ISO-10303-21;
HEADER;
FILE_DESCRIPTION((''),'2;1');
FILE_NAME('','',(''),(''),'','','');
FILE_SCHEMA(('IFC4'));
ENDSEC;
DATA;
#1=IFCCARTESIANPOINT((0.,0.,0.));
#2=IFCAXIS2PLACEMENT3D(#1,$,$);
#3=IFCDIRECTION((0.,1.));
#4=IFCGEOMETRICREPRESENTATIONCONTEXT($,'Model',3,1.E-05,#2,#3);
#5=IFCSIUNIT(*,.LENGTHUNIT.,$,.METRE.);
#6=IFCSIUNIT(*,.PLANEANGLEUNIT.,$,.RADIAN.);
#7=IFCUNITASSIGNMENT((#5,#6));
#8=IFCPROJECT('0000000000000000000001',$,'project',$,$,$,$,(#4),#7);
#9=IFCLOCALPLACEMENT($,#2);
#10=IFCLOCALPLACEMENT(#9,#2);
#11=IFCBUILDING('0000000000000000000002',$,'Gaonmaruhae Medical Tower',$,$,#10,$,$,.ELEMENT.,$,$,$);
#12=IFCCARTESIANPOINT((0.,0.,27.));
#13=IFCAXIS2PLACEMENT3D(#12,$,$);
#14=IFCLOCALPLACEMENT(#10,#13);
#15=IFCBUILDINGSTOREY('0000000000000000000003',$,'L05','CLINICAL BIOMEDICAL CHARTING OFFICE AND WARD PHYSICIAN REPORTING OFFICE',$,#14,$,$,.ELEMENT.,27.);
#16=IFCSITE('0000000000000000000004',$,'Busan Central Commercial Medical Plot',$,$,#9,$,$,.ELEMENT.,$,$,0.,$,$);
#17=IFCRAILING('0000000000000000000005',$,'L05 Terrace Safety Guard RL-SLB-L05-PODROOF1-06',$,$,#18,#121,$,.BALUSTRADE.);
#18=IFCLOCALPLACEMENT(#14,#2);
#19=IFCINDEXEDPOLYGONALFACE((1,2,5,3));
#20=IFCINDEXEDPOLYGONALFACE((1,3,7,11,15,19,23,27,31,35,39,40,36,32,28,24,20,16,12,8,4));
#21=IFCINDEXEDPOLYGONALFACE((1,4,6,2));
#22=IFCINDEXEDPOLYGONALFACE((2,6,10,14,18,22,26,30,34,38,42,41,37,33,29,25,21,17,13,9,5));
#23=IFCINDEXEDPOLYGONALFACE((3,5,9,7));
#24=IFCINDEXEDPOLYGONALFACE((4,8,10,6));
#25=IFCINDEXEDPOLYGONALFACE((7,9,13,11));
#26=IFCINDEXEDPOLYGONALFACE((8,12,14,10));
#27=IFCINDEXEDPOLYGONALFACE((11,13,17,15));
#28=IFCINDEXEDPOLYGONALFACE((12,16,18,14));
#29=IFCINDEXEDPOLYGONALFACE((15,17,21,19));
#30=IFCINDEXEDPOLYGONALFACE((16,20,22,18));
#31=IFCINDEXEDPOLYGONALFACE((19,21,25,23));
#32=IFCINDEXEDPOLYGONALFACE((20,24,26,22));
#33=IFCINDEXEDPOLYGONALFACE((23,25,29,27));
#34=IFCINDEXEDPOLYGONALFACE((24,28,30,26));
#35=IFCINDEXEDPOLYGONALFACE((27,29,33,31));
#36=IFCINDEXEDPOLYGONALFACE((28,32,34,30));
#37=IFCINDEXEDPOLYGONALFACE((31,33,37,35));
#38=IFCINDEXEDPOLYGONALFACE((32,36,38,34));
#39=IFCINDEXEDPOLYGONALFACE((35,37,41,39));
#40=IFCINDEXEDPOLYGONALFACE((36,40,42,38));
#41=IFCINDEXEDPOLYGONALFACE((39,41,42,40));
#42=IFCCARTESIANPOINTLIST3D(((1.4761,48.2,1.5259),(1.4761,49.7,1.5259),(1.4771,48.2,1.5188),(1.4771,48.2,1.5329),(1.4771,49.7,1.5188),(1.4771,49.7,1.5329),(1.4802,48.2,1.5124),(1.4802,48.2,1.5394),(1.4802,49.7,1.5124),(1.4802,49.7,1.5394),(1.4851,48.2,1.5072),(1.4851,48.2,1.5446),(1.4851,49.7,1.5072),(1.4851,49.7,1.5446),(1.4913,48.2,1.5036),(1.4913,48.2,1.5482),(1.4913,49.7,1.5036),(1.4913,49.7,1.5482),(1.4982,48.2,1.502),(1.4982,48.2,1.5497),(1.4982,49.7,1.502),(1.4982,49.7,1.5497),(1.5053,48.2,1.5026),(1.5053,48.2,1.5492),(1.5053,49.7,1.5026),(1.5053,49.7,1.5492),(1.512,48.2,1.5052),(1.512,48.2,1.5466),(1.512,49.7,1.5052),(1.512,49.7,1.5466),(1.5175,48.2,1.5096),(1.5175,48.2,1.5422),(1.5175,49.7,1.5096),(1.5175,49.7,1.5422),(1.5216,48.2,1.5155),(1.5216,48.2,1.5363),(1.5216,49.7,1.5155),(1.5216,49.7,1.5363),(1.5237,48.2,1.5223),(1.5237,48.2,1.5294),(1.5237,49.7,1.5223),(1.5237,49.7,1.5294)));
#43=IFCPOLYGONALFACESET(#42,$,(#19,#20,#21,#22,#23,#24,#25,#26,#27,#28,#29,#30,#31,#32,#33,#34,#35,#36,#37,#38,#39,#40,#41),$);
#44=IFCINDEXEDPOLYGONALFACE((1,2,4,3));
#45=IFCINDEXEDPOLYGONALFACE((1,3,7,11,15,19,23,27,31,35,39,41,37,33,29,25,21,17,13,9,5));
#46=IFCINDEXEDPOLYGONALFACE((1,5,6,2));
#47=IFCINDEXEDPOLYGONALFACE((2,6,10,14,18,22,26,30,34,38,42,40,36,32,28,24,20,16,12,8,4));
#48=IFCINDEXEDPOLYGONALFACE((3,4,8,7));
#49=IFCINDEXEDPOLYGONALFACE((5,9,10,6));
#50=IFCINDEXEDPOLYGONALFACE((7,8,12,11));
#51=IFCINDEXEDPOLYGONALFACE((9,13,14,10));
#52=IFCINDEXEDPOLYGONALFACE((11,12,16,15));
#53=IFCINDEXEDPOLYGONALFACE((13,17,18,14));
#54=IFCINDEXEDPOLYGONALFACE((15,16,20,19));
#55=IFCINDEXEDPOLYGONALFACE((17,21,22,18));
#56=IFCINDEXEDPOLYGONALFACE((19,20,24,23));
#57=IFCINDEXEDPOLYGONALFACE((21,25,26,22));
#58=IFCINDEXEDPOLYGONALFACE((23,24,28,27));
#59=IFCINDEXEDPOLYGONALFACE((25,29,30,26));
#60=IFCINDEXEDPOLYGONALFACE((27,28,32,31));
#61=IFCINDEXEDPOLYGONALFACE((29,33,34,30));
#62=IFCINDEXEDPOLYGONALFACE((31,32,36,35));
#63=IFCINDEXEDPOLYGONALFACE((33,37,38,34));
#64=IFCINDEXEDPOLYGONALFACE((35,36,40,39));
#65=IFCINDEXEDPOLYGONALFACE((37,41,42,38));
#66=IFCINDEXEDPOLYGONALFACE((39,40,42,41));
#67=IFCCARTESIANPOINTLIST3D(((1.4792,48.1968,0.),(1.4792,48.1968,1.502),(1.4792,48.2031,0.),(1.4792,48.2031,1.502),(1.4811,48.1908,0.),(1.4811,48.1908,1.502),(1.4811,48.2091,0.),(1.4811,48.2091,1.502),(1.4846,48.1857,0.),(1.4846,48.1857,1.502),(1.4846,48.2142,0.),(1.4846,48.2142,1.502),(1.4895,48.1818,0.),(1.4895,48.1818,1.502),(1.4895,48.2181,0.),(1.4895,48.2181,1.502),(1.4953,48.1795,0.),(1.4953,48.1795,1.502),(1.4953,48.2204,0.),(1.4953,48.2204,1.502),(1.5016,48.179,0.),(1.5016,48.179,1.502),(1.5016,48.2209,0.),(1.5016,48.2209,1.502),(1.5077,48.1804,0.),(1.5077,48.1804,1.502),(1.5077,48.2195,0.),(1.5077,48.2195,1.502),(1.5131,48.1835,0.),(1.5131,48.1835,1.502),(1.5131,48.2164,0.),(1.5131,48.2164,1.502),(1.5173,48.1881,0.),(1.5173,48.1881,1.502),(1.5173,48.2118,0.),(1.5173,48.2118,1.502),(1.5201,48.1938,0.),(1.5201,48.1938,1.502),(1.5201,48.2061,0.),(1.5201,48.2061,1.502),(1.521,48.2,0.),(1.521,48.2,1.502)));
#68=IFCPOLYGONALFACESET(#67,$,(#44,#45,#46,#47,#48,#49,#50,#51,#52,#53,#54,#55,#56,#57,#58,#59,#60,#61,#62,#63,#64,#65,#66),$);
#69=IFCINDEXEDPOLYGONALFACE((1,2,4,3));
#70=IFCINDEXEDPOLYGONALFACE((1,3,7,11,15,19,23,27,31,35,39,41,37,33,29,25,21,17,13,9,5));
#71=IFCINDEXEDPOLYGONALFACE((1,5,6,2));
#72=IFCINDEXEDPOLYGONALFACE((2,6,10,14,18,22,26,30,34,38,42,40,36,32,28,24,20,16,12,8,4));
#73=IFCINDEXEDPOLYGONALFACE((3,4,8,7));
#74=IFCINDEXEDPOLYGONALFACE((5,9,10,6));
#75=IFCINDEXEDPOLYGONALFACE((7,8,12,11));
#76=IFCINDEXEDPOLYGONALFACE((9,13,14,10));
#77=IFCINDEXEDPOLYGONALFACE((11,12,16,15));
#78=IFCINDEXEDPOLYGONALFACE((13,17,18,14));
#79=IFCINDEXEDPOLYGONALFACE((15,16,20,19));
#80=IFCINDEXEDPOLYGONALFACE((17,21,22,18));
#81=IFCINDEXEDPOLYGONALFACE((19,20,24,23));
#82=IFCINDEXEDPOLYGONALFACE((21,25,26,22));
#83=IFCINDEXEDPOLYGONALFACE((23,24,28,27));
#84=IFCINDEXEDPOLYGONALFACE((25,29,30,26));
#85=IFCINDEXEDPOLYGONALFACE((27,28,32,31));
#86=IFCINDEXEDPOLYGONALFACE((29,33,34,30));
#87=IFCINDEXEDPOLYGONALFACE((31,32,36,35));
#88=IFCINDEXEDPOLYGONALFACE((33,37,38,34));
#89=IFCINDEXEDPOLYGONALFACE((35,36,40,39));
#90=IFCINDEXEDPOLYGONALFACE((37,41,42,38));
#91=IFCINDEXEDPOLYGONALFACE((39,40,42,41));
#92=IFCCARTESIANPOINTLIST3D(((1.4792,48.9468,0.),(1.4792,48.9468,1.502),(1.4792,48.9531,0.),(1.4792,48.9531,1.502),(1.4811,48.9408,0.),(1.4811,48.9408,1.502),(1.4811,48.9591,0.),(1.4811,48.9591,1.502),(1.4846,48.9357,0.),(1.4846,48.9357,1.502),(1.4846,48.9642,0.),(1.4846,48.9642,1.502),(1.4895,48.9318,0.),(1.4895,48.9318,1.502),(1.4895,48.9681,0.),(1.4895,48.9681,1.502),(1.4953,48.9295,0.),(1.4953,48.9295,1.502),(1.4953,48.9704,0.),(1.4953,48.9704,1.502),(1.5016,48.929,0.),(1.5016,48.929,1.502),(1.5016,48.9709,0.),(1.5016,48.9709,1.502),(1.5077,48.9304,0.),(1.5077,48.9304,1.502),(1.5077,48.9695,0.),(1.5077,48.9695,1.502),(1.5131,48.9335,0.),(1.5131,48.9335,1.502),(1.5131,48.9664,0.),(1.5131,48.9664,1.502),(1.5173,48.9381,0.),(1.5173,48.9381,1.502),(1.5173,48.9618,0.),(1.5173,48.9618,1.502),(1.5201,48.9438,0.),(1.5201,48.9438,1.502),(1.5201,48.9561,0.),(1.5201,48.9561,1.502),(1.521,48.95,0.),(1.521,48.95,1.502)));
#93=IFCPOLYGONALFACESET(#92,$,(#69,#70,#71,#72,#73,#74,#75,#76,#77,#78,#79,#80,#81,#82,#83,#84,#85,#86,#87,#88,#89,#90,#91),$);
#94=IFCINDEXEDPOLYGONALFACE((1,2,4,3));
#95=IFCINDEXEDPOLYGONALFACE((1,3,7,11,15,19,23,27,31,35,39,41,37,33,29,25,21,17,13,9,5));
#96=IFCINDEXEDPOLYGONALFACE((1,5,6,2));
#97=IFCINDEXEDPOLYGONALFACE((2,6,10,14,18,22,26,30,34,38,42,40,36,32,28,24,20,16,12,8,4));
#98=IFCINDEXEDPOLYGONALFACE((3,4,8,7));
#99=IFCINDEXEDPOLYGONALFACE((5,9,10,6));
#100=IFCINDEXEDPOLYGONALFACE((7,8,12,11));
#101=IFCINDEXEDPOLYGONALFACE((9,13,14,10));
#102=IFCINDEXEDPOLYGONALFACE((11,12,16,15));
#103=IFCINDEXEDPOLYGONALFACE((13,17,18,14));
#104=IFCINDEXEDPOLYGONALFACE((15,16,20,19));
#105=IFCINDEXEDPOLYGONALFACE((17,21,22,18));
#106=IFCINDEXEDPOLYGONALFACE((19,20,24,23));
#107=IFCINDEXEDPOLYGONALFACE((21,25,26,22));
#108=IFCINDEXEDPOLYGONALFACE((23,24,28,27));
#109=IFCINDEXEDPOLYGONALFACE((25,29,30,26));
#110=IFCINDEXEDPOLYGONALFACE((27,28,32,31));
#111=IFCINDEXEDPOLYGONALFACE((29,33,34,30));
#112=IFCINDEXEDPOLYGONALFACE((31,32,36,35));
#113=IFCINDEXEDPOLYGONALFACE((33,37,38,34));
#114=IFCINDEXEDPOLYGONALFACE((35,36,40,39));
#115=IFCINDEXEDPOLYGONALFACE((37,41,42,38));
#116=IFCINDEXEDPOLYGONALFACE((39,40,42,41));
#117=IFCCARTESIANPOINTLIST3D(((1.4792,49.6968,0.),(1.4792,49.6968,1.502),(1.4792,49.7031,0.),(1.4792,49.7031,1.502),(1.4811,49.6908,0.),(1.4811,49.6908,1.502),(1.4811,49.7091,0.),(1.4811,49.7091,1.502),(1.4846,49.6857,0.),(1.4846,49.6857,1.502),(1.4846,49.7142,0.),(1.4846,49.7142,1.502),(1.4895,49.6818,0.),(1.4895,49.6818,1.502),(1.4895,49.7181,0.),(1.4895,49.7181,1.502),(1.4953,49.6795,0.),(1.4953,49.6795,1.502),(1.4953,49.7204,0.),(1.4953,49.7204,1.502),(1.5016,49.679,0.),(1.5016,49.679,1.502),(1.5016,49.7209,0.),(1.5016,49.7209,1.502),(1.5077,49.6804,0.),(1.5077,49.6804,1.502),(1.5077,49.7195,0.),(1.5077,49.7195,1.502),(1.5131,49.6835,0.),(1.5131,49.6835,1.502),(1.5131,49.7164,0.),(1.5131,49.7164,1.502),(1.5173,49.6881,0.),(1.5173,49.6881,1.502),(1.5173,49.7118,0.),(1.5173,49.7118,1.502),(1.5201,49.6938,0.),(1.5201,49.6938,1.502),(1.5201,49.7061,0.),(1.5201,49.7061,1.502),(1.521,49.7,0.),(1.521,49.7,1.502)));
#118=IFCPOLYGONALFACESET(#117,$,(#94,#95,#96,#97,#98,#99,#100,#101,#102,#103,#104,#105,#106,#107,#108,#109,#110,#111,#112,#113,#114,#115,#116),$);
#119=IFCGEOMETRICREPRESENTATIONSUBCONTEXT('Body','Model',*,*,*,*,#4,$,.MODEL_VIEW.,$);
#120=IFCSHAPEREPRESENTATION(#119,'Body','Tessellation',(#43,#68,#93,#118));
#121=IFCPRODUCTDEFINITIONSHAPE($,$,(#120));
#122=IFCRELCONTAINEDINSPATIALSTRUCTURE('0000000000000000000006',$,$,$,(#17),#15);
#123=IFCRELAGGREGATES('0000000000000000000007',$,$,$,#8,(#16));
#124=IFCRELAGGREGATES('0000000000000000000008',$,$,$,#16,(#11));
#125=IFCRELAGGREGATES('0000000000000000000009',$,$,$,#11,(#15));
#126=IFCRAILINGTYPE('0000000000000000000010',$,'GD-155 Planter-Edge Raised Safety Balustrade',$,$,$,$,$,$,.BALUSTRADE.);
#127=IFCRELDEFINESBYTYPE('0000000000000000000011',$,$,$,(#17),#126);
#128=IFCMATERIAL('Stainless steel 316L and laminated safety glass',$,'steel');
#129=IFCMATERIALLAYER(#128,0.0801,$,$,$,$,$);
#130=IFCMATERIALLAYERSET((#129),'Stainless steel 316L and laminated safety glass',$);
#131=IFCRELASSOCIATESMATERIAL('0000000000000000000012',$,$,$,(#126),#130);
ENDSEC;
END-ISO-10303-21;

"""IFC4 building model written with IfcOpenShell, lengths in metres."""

from ifc_helpers import new_model, si_unit, direction, frame, origin, origin_2d, place, context, subcontext, project, spatial, circle, extrude, material, layer, layer_set, type_object, element, save


model = new_model("IFC4")

# Units and contexts
model_context = context("Model", 3, precision=1e-05, world=origin(), true_north=direction((0.0, 1.0)))
body_context = subcontext(model_context, "Body", "Model", "MODEL_VIEW")
ifc_project = project(units=[si_unit("LENGTHUNIT", "METRE"), si_unit("PLANEANGLEUNIT", "RADIAN")], contexts=[model_context])

# Site, building, storey
site_placement = place(None, origin())
site = spatial("IfcSite", under=ifc_project, at=site_placement, Name="Busan Central Commercial Medical Plot", CompositionType="ELEMENT", RefElevation=0.0)
building_placement = place(site_placement, origin())
building = spatial("IfcBuilding", under=site, at=building_placement, Name="Gaonmaruhae Medical Tower", CompositionType="ELEMENT")
storey_placement = place(building_placement, frame((0.0, 0.0, 27.0)))
storey = spatial("IfcBuildingStorey", under=building, at=storey_placement, Name="L05", Description="CLINICAL BIOMEDICAL CHARTING OFFICE AND WARD PHYSICIAN REPORTING OFFICE", CompositionType="ELEMENT", Elevation=27.0)

# Railing
ifc_material_1 = material(Name="Stainless steel 316L and laminated safety glass", Category="steel")
ifc_layer_1 = layer(ifc_material_1, 0.0801)
ifc_layer_set_1 = layer_set([ifc_layer_1], Name="Stainless steel 316L and laminated safety glass")
railing_type = type_object("IfcRailingType", Name="GD-155 Planter-Edge Raised Safety Balustrade", PredefinedType="BALUSTRADE", material=ifc_layer_set_1)
railing_1_placement = place(storey_placement, frame((1.5, 48.2, 0.0)))
element("IfcRailing", 1, at=railing_1_placement, inside=storey, type_object=railing_type, Name="L05 Terrace Safety Guard RL-SLB-L05-PODROOF1-06", PredefinedType="BALUSTRADE", context=body_context, shape_type="SweptSolid", body=[
    extrude(circle(Radius=0.0239, at=origin_2d()), frame((0.0, 0.0, 1.5259), z_axis=(0.0, 1.0, 0.0), x_axis=(-1.0, 0.0, 0.0)), (0.0, 0.0, 1.0), 1.5),
    extrude(circle(Radius=0.021, at=origin_2d()), origin(), (0.0, 0.0, 1.0), 1.502),
    extrude(circle(Radius=0.021, at=origin_2d()), frame((0.0, 0.75, 0.0)), (0.0, 0.0, 1.0), 1.502),
    extrude(circle(Radius=0.021, at=origin_2d()), frame((0.0, 1.5, 0.0)), (0.0, 0.0, 1.0), 1.502),
])

save(model, "model.ifc")
